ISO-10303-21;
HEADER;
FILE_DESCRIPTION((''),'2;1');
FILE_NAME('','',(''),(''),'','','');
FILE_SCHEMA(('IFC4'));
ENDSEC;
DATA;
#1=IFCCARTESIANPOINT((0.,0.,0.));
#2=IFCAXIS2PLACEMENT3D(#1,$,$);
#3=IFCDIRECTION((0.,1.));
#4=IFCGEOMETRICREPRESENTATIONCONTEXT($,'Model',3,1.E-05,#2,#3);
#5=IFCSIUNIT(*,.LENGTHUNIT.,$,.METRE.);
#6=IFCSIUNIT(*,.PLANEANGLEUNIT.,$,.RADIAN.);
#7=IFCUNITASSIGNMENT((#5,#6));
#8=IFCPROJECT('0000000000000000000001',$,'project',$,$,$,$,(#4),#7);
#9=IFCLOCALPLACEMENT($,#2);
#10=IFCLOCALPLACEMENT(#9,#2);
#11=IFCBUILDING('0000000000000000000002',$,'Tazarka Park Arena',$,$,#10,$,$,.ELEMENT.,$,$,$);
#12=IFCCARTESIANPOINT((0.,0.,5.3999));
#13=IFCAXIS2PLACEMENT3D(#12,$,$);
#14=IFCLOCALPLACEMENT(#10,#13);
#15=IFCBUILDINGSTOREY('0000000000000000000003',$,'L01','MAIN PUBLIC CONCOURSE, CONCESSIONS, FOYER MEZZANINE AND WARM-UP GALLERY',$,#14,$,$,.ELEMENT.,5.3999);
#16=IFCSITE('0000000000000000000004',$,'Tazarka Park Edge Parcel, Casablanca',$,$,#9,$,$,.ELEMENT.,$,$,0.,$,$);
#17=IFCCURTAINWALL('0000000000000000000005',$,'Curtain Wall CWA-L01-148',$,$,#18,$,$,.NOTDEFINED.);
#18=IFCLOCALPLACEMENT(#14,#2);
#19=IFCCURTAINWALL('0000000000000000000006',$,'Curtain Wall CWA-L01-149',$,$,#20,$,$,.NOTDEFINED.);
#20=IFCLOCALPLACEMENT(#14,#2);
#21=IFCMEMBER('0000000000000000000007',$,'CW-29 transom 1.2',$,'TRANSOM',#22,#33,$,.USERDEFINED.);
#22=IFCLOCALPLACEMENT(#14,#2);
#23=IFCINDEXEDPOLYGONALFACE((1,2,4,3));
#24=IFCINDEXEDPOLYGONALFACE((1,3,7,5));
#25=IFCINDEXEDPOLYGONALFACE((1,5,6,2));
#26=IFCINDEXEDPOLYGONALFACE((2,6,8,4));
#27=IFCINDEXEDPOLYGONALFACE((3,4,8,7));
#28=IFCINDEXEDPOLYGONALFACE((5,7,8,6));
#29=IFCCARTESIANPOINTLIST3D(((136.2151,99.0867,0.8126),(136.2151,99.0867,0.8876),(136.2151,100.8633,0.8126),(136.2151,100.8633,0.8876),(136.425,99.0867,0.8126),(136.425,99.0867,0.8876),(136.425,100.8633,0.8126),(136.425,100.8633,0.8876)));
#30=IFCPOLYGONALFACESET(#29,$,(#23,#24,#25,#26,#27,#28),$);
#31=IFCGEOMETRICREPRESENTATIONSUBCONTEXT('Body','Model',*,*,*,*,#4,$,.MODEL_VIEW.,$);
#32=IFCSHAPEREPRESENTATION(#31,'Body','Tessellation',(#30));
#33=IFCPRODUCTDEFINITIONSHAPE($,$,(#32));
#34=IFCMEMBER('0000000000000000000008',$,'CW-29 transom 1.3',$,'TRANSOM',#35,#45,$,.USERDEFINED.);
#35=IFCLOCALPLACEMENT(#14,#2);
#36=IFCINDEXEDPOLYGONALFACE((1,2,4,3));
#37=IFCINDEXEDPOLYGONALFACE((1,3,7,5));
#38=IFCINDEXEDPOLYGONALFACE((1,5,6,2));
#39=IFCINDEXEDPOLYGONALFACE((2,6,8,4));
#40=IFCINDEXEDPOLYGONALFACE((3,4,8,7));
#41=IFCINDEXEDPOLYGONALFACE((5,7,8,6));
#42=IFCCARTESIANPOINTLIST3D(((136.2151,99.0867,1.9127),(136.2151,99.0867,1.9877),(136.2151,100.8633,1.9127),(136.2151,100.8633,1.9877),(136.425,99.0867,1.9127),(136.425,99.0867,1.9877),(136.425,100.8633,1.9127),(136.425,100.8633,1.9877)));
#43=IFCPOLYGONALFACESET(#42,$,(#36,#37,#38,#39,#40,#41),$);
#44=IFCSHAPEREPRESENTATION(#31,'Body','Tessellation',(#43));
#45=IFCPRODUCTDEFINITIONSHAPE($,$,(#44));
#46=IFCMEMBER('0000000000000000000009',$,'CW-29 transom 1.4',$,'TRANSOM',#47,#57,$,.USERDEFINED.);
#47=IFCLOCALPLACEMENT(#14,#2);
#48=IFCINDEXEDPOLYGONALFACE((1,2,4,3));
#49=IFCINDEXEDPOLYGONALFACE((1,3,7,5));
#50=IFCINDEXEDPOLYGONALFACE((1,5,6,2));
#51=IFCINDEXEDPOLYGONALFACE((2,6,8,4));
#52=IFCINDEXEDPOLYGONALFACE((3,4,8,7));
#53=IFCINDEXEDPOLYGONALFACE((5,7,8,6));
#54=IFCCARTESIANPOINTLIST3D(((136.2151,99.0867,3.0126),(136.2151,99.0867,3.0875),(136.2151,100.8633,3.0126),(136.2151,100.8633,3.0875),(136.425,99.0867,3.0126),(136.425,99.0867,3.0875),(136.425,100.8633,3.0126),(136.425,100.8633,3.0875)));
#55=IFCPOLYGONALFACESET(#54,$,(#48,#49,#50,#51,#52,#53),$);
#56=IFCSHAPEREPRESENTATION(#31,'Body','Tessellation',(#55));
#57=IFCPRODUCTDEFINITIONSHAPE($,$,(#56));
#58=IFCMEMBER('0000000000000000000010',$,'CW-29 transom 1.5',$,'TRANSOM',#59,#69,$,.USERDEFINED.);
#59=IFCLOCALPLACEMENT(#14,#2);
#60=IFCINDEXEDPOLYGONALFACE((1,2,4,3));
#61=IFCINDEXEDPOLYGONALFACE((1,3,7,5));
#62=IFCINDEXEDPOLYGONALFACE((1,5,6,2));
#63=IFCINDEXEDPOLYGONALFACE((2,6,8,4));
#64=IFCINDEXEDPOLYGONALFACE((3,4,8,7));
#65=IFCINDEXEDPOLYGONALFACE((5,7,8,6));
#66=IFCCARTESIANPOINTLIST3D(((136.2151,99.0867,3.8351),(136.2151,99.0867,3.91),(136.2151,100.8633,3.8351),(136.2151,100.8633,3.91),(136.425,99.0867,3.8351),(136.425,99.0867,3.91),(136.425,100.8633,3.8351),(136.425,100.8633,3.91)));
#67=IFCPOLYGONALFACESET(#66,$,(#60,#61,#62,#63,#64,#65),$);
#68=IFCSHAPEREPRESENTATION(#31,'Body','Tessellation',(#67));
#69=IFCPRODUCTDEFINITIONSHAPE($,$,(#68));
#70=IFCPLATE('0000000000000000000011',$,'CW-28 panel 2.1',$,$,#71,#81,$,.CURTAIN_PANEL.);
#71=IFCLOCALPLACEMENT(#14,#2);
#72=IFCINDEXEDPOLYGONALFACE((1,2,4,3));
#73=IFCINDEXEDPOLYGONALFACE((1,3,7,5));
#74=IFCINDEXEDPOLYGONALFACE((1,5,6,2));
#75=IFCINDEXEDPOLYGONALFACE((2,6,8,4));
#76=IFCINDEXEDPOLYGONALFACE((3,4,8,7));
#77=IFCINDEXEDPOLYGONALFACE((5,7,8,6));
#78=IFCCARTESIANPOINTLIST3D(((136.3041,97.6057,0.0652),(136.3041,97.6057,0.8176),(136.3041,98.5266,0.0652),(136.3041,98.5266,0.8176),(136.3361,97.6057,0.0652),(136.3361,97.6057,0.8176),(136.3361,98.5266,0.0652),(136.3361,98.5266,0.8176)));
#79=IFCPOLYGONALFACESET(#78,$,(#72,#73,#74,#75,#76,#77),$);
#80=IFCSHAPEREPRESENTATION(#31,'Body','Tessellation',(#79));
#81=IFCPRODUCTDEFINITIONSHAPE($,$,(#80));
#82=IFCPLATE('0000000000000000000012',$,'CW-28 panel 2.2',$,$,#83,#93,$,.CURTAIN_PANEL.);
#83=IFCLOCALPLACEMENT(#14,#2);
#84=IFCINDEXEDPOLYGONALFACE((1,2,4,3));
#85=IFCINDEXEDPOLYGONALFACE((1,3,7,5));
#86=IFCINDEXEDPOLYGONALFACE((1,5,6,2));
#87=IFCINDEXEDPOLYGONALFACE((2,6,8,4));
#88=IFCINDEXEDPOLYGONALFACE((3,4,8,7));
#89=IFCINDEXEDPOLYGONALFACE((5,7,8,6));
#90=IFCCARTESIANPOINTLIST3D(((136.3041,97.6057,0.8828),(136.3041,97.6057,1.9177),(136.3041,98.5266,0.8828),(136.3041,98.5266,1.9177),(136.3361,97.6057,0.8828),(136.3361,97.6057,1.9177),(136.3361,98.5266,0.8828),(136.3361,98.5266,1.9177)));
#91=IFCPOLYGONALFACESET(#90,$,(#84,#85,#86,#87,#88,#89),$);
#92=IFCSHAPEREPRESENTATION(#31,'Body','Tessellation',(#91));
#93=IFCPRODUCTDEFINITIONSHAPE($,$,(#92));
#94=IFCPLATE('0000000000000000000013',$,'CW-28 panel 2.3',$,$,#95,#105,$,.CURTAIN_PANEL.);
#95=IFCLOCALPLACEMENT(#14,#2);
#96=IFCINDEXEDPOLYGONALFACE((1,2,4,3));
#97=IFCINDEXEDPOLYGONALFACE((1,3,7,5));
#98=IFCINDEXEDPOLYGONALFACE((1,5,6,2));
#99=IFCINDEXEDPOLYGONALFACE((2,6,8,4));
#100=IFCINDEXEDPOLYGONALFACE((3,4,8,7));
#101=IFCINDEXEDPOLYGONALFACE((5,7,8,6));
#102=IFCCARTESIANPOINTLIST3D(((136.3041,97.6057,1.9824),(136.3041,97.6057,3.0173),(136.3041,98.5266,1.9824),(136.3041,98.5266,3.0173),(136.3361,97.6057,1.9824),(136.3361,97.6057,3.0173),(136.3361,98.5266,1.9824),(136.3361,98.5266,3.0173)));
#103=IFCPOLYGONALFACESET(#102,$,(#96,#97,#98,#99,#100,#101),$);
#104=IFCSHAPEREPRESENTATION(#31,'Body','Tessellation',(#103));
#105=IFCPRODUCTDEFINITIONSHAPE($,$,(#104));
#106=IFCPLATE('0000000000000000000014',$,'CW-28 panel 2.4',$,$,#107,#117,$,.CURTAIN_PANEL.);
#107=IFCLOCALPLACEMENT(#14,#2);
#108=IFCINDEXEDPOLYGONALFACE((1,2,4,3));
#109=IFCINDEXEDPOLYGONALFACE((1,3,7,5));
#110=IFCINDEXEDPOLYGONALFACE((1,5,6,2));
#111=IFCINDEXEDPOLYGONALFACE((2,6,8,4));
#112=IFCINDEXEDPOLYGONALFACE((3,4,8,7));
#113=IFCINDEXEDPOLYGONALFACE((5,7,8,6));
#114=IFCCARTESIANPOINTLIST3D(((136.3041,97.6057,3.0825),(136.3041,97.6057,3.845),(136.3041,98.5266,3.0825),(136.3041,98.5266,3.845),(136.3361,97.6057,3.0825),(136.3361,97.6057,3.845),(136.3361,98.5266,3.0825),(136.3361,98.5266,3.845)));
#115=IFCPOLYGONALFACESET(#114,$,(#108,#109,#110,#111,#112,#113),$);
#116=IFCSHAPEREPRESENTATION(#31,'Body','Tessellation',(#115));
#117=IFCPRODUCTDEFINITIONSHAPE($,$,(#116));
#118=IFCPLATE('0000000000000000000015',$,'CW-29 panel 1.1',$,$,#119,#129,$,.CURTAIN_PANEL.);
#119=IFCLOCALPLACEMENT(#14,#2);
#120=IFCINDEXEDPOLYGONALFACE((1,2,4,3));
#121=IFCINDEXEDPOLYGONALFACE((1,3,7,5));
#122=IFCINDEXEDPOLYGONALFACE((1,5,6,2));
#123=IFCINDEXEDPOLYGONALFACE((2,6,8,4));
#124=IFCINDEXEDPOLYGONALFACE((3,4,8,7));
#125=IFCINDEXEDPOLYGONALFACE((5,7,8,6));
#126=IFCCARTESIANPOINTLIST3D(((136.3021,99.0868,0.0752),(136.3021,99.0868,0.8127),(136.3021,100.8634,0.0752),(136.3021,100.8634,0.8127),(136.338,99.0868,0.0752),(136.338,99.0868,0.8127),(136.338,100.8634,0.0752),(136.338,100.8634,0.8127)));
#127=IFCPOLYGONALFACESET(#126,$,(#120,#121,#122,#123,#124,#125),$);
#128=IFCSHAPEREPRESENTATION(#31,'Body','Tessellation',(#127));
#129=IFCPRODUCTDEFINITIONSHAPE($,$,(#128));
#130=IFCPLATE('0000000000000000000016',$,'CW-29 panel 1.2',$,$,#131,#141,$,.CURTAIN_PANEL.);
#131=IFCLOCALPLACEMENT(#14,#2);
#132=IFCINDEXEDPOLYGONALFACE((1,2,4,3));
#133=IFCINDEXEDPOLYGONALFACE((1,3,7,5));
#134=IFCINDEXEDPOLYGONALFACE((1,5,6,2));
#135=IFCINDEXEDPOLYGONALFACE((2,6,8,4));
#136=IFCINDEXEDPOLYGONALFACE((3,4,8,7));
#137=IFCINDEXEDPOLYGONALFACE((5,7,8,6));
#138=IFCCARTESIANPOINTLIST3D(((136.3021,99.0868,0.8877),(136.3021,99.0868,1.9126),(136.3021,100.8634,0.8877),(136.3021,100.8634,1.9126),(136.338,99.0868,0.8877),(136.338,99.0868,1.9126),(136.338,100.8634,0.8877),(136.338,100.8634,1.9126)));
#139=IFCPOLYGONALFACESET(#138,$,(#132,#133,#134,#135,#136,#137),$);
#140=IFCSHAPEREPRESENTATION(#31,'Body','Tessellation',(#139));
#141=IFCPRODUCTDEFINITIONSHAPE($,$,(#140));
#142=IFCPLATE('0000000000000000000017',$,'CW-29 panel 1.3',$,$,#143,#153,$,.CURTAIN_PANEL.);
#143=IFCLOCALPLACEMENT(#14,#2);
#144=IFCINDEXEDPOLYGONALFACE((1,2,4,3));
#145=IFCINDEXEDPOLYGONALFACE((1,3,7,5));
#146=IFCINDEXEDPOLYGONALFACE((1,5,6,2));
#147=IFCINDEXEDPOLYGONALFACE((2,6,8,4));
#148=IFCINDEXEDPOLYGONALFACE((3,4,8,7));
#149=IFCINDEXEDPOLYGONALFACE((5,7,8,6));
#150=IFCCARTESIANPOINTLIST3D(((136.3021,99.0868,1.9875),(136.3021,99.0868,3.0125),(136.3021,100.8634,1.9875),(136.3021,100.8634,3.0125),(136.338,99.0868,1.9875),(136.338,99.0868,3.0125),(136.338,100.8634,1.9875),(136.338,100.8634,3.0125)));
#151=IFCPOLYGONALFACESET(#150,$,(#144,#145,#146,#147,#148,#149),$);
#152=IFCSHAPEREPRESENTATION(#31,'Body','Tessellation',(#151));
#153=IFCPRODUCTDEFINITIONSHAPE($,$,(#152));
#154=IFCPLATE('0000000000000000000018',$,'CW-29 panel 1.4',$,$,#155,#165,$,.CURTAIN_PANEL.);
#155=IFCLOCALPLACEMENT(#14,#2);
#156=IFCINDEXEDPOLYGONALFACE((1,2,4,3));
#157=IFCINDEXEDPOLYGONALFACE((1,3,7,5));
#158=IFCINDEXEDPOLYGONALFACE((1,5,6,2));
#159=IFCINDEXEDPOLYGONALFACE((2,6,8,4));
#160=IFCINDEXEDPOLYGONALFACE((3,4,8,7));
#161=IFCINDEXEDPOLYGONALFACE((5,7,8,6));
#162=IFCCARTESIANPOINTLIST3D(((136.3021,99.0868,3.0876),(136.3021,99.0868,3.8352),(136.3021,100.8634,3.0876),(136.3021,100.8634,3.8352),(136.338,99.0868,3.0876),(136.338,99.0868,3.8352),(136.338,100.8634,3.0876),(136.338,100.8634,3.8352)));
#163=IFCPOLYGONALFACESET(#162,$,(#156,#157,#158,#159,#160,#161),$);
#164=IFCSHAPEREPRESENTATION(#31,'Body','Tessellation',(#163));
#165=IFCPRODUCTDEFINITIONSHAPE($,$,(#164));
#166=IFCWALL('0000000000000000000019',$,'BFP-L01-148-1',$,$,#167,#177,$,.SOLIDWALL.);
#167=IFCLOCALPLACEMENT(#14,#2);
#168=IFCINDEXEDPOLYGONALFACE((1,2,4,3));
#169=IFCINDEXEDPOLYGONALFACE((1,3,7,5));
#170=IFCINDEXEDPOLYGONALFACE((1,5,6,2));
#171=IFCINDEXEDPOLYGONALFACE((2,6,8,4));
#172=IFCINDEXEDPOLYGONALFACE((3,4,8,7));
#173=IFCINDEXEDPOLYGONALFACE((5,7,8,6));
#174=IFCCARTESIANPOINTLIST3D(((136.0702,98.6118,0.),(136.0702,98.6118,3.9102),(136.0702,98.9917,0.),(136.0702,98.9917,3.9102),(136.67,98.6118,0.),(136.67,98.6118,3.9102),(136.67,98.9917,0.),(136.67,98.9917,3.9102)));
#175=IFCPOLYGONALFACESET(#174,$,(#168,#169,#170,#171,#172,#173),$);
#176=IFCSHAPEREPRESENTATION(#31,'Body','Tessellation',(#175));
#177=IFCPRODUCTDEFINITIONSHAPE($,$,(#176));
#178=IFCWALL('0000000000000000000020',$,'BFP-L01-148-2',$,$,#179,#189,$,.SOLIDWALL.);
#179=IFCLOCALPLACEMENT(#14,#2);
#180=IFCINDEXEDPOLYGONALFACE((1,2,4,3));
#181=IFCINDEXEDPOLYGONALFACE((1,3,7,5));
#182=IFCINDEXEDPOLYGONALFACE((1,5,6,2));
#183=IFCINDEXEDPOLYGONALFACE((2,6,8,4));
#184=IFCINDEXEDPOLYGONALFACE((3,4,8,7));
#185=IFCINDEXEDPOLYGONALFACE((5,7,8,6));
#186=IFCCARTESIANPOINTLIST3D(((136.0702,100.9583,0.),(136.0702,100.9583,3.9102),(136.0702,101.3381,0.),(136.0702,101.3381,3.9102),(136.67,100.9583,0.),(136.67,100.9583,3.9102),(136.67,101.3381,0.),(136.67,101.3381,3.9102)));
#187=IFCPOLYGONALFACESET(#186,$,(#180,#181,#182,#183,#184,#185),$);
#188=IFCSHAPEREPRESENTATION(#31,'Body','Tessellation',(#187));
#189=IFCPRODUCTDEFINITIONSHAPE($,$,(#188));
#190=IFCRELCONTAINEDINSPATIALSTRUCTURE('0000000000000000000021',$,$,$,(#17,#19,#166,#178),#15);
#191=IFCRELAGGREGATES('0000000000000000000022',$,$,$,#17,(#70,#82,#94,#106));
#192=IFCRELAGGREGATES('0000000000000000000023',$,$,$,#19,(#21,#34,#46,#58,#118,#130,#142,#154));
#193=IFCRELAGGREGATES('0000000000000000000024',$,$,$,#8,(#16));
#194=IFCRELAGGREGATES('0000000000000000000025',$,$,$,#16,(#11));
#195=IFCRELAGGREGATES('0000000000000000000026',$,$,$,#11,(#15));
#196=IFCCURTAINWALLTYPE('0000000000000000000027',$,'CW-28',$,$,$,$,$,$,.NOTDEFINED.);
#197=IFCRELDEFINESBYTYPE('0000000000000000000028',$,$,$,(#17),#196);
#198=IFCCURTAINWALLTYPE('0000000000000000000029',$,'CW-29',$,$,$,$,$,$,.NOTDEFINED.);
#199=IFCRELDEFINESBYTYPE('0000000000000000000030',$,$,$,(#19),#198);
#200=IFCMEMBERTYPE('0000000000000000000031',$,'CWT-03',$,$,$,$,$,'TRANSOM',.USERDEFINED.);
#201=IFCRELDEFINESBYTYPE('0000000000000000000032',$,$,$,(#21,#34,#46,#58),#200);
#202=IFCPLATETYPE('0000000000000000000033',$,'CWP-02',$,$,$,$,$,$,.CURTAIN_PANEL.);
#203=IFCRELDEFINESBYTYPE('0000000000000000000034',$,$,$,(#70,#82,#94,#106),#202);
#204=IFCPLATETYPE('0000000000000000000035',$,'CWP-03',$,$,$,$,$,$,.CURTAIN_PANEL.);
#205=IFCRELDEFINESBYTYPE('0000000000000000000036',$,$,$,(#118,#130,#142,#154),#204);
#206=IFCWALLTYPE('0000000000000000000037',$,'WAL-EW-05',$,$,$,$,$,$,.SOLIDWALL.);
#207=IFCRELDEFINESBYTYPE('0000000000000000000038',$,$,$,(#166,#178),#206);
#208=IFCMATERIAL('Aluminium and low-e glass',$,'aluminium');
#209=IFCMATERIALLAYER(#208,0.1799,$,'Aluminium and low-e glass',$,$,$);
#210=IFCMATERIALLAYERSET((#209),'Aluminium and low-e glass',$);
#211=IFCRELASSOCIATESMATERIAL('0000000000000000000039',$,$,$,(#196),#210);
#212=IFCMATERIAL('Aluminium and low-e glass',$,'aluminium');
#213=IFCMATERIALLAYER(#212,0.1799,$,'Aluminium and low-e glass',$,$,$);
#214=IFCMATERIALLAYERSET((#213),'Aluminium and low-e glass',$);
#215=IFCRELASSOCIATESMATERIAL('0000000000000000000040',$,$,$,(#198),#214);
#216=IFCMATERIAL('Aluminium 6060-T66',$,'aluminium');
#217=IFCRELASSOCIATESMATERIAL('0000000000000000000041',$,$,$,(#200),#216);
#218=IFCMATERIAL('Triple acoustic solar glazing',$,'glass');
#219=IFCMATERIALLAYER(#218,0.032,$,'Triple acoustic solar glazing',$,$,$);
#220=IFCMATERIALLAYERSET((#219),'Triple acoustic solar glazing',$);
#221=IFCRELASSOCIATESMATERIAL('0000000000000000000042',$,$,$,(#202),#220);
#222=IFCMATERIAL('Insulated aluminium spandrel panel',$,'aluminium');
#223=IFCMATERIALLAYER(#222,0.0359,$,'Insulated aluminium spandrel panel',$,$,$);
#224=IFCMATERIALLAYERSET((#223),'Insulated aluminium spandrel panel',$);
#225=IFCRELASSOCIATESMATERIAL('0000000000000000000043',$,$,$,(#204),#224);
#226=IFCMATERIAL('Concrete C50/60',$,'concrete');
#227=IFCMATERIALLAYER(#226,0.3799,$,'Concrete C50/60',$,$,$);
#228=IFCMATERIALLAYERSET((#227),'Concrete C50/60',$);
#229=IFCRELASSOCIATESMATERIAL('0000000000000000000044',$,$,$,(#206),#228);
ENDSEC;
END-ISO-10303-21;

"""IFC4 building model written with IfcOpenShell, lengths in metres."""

from ifc_helpers import new_model, si_unit, direction, frame, frame_2d, origin, origin_2d, place, context, subcontext, project, spatial, rectangle, extrude, material, layer, layer_set, material_profile, profile_set, type_object, element, aggregate, save


model = new_model("IFC4")

# Units and contexts
model_context = context("Model", 3, precision=1e-05, world=origin(), true_north=direction((0.0, 1.0)))
body_context = subcontext(model_context, "Body", "Model", "MODEL_VIEW")
ifc_project = project(units=[si_unit("LENGTHUNIT", "METRE"), si_unit("PLANEANGLEUNIT", "RADIAN")], contexts=[model_context])

# Site, building, storey
site_placement = place(None, origin())
site = spatial("IfcSite", under=ifc_project, at=site_placement, Name="Tazarka Park Edge Parcel, Casablanca", CompositionType="ELEMENT", RefElevation=0.0)
building_placement = place(site_placement, origin())
building = spatial("IfcBuilding", under=site, at=building_placement, Name="Tazarka Park Arena", CompositionType="ELEMENT")
storey_placement = place(building_placement, frame((0.0, 0.0, 5.3999)))
storey = spatial("IfcBuildingStorey", under=building, at=storey_placement, Name="L01", Description="MAIN PUBLIC CONCOURSE, CONCESSIONS, FOYER MEZZANINE AND WARM-UP GALLERY", CompositionType="ELEMENT", Elevation=5.3999)

# Curtain wall
ifc_material_1 = material(Name="Aluminium and low-e glass", Category="aluminium")
ifc_layer_1 = layer(ifc_material_1, 0.1799, Name="Aluminium and low-e glass")
ifc_layer_set_1 = layer_set([ifc_layer_1], Name="Aluminium and low-e glass")
curtain_wall_type_1 = type_object("IfcCurtainWallType", Name="CW-28", PredefinedType="NOTDEFINED", material=ifc_layer_set_1)
curtain_wall_1_placement = place(storey_placement, origin())
curtain_wall_1 = element("IfcCurtainWall", 1, at=curtain_wall_1_placement, inside=storey, type_object=curtain_wall_type_1, Name="Curtain Wall CWA-L01-148", PredefinedType="NOTDEFINED")

# Curtain wall
ifc_material_2 = material(Name="Aluminium and low-e glass", Category="aluminium")
ifc_layer_2 = layer(ifc_material_2, 0.1799, Name="Aluminium and low-e glass")
ifc_layer_set_2 = layer_set([ifc_layer_2], Name="Aluminium and low-e glass")
curtain_wall_type_2 = type_object("IfcCurtainWallType", Name="CW-29", PredefinedType="NOTDEFINED", material=ifc_layer_set_2)
curtain_wall_2_placement = place(storey_placement, origin())
curtain_wall_2 = element("IfcCurtainWall", 2, at=curtain_wall_2_placement, inside=storey, type_object=curtain_wall_type_2, Name="Curtain Wall CWA-L01-149", PredefinedType="NOTDEFINED")

# Members
ifc_material_3 = material(Name="Aluminium 6060-T66", Category="aluminium")
ifc_material_profile_1 = material_profile(ifc_material_3, rectangle(XDim=0.21, YDim=0.075, at=origin_2d()), Name="Aluminium 6060-T66")
ifc_profile_set_1 = profile_set([ifc_material_profile_1], Name="Aluminium 6060-T66")
member_type_1 = type_object("IfcMemberType", Name="CWT-03", ElementType="TRANSOM", PredefinedType="USERDEFINED", material=ifc_profile_set_1)
member_1_placement = place(storey_placement, frame((136.3201, 99.0867, 0.8501), z_axis=(0.0, 1.0, 0.0), x_axis=(-1.0, 0.0, 0.0)))
member_1 = element("IfcMember", 3, at=member_1_placement, type_object=member_type_1, Name="CW-29 transom 1.2", ObjectType="TRANSOM", PredefinedType="USERDEFINED", context=body_context, shape_type="SweptSolid", body=[
    extrude(rectangle(XDim=0.21, YDim=0.075, at=origin_2d()), origin(), (0.0, 0.0, 1.0), 1.7766),
])
member_2_placement = place(storey_placement, frame((136.3201, 99.0867, 1.9502), z_axis=(0.0, 1.0, 0.0), x_axis=(-1.0, 0.0, 0.0)))
member_2 = element("IfcMember", 4, at=member_2_placement, type_object=member_type_1, Name="CW-29 transom 1.3", ObjectType="TRANSOM", PredefinedType="USERDEFINED", context=body_context, shape_type="SweptSolid", body=[
    extrude(rectangle(XDim=0.21, YDim=0.075, at=origin_2d()), origin(), (0.0, 0.0, 1.0), 1.7766),
])
member_3_placement = place(storey_placement, frame((136.3201, 99.0867, 3.05), z_axis=(0.0, 1.0, 0.0), x_axis=(-1.0, 0.0, 0.0)))
member_3 = element("IfcMember", 5, at=member_3_placement, type_object=member_type_1, Name="CW-29 transom 1.4", ObjectType="TRANSOM", PredefinedType="USERDEFINED", context=body_context, shape_type="SweptSolid", body=[
    extrude(rectangle(XDim=0.21, YDim=0.075, at=origin_2d()), origin(), (0.0, 0.0, 1.0), 1.7766),
])
member_4_placement = place(storey_placement, frame((136.3201, 99.0867, 3.8726), z_axis=(0.0, 1.0, 0.0), x_axis=(-1.0, 0.0, 0.0)))
member_4 = element("IfcMember", 6, at=member_4_placement, type_object=member_type_1, Name="CW-29 transom 1.5", ObjectType="TRANSOM", PredefinedType="USERDEFINED", context=body_context, shape_type="SweptSolid", body=[
    extrude(rectangle(XDim=0.21, YDim=0.075, at=origin_2d()), origin(), (0.0, 0.0, 1.0), 1.7766),
])

# Plates
ifc_material_4 = material(Name="Triple acoustic solar glazing", Category="glass")
ifc_layer_3 = layer(ifc_material_4, 0.032, Name="Triple acoustic solar glazing")
ifc_layer_set_3 = layer_set([ifc_layer_3], Name="Triple acoustic solar glazing")
plate_type_1 = type_object("IfcPlateType", Name="CWP-02", PredefinedType="CURTAIN_PANEL", material=ifc_layer_set_3)
plate_1_placement = place(storey_placement, frame((136.3201, 98.0662, 0.0652), z_axis=(0.0, 0.0, 1.0), x_axis=(0.0, 1.0, 0.0)))
plate_1 = element("IfcPlate", 7, at=plate_1_placement, type_object=plate_type_1, Name="CW-28 panel 2.1", PredefinedType="CURTAIN_PANEL", context=body_context, shape_type="SweptSolid", body=[
    extrude(rectangle(XDim=0.9209, YDim=0.032, at=origin_2d()), origin(), (0.0, 0.0, 1.0), 0.7524),
])
plate_2_placement = place(storey_placement, frame((136.3201, 98.0662, 0.8828), z_axis=(0.0, 0.0, 1.0), x_axis=(0.0, 1.0, 0.0)))
plate_2 = element("IfcPlate", 8, at=plate_2_placement, type_object=plate_type_1, Name="CW-28 panel 2.2", PredefinedType="CURTAIN_PANEL", context=body_context, shape_type="SweptSolid", body=[
    extrude(rectangle(XDim=0.9209, YDim=0.032, at=origin_2d()), origin(), (0.0, 0.0, 1.0), 1.0349),
])
plate_3_placement = place(storey_placement, frame((136.3201, 98.0662, 1.9824), z_axis=(0.0, 0.0, 1.0), x_axis=(0.0, 1.0, 0.0)))
plate_3 = element("IfcPlate", 9, at=plate_3_placement, type_object=plate_type_1, Name="CW-28 panel 2.3", PredefinedType="CURTAIN_PANEL", context=body_context, shape_type="SweptSolid", body=[
    extrude(rectangle(XDim=0.9209, YDim=0.032, at=origin_2d()), origin(), (0.0, 0.0, 1.0), 1.0349),
])
plate_4_placement = place(storey_placement, frame((136.3201, 98.0662, 3.0825), z_axis=(0.0, 0.0, 1.0), x_axis=(0.0, 1.0, 0.0)))
plate_4 = element("IfcPlate", 10, at=plate_4_placement, type_object=plate_type_1, Name="CW-28 panel 2.4", PredefinedType="CURTAIN_PANEL", context=body_context, shape_type="SweptSolid", body=[
    extrude(rectangle(XDim=0.9209, YDim=0.032, at=origin_2d()), origin(), (0.0, 0.0, 1.0), 0.7625),
])
aggregate(curtain_wall_1, [plate_1, plate_2, plate_3, plate_4])
ifc_material_5 = material(Name="Insulated aluminium spandrel panel", Category="aluminium")
ifc_layer_4 = layer(ifc_material_5, 0.0359, Name="Insulated aluminium spandrel panel")
ifc_layer_set_4 = layer_set([ifc_layer_4], Name="Insulated aluminium spandrel panel")
plate_type_2 = type_object("IfcPlateType", Name="CWP-03", PredefinedType="CURTAIN_PANEL", material=ifc_layer_set_4)
plate_5_placement = place(storey_placement, frame((136.3201, 99.9751, 0.0752), z_axis=(0.0, 0.0, 1.0), x_axis=(0.0, 1.0, 0.0)))
plate_5 = element("IfcPlate", 11, at=plate_5_placement, type_object=plate_type_2, Name="CW-29 panel 1.1", PredefinedType="CURTAIN_PANEL", context=body_context, shape_type="SweptSolid", body=[
    extrude(rectangle(XDim=1.7766, YDim=0.0359, at=origin_2d()), origin(), (0.0, 0.0, 1.0), 0.7375),
])
plate_6_placement = place(storey_placement, frame((136.3201, 99.9751, 0.8877), z_axis=(0.0, 0.0, 1.0), x_axis=(0.0, 1.0, 0.0)))
plate_6 = element("IfcPlate", 12, at=plate_6_placement, type_object=plate_type_2, Name="CW-29 panel 1.2", PredefinedType="CURTAIN_PANEL", context=body_context, shape_type="SweptSolid", body=[
    extrude(rectangle(XDim=1.7766, YDim=0.0359, at=origin_2d()), origin(), (0.0, 0.0, 1.0), 1.0249),
])
plate_7_placement = place(storey_placement, frame((136.3201, 99.9751, 1.9875), z_axis=(0.0, 0.0, 1.0), x_axis=(0.0, 1.0, 0.0)))
plate_7 = element("IfcPlate", 13, at=plate_7_placement, type_object=plate_type_2, Name="CW-29 panel 1.3", PredefinedType="CURTAIN_PANEL", context=body_context, shape_type="SweptSolid", body=[
    extrude(rectangle(XDim=1.7766, YDim=0.0359, at=origin_2d()), origin(), (0.0, 0.0, 1.0), 1.0249),
])
plate_8_placement = place(storey_placement, frame((136.3201, 99.9751, 3.0876), z_axis=(0.0, 0.0, 1.0), x_axis=(0.0, 1.0, 0.0)))
plate_8 = element("IfcPlate", 14, at=plate_8_placement, type_object=plate_type_2, Name="CW-29 panel 1.4", PredefinedType="CURTAIN_PANEL", context=body_context, shape_type="SweptSolid", body=[
    extrude(rectangle(XDim=1.7766, YDim=0.0359, at=origin_2d()), origin(), (0.0, 0.0, 1.0), 0.7476),
])
aggregate(curtain_wall_2, [member_1, member_2, member_3, member_4, plate_5, plate_6, plate_7, plate_8])

# Walls
ifc_material_6 = material(Name="Concrete C50/60", Category="concrete")
ifc_layer_5 = layer(ifc_material_6, 0.3799, Name="Concrete C50/60")
ifc_layer_set_5 = layer_set([ifc_layer_5], Name="Concrete C50/60")
wall_type = type_object("IfcWallType", Name="WAL-EW-05", PredefinedType="SOLIDWALL", material=ifc_layer_set_5)
for number, where, z_axis, x_axis, name in (
    (15, (136.6699, 98.8018, 0.0), (0.0, 0.0, 1.0), (-1.0, 0.0, 0.0), "BFP-L01-148-1"),
    (16, (136.6699, 101.1482, 0.0), (0.0, 0.0, 1.0), (-1.0, 0.0, 0.0), "BFP-L01-148-2"),
):
    element("IfcWall", number, at=place(storey_placement, frame(where, z_axis=z_axis, x_axis=x_axis)), inside=storey, type_object=wall_type, Name=name, PredefinedType="SOLIDWALL", context=body_context, shape_type="SweptSolid", body=[
        extrude(rectangle(XDim=0.5999, YDim=0.3799, at=frame_2d((0.2998, 0.0))), origin(), (0.0, 0.0, 1.0), 3.9102),
    ])

save(model, "model.ifc")
